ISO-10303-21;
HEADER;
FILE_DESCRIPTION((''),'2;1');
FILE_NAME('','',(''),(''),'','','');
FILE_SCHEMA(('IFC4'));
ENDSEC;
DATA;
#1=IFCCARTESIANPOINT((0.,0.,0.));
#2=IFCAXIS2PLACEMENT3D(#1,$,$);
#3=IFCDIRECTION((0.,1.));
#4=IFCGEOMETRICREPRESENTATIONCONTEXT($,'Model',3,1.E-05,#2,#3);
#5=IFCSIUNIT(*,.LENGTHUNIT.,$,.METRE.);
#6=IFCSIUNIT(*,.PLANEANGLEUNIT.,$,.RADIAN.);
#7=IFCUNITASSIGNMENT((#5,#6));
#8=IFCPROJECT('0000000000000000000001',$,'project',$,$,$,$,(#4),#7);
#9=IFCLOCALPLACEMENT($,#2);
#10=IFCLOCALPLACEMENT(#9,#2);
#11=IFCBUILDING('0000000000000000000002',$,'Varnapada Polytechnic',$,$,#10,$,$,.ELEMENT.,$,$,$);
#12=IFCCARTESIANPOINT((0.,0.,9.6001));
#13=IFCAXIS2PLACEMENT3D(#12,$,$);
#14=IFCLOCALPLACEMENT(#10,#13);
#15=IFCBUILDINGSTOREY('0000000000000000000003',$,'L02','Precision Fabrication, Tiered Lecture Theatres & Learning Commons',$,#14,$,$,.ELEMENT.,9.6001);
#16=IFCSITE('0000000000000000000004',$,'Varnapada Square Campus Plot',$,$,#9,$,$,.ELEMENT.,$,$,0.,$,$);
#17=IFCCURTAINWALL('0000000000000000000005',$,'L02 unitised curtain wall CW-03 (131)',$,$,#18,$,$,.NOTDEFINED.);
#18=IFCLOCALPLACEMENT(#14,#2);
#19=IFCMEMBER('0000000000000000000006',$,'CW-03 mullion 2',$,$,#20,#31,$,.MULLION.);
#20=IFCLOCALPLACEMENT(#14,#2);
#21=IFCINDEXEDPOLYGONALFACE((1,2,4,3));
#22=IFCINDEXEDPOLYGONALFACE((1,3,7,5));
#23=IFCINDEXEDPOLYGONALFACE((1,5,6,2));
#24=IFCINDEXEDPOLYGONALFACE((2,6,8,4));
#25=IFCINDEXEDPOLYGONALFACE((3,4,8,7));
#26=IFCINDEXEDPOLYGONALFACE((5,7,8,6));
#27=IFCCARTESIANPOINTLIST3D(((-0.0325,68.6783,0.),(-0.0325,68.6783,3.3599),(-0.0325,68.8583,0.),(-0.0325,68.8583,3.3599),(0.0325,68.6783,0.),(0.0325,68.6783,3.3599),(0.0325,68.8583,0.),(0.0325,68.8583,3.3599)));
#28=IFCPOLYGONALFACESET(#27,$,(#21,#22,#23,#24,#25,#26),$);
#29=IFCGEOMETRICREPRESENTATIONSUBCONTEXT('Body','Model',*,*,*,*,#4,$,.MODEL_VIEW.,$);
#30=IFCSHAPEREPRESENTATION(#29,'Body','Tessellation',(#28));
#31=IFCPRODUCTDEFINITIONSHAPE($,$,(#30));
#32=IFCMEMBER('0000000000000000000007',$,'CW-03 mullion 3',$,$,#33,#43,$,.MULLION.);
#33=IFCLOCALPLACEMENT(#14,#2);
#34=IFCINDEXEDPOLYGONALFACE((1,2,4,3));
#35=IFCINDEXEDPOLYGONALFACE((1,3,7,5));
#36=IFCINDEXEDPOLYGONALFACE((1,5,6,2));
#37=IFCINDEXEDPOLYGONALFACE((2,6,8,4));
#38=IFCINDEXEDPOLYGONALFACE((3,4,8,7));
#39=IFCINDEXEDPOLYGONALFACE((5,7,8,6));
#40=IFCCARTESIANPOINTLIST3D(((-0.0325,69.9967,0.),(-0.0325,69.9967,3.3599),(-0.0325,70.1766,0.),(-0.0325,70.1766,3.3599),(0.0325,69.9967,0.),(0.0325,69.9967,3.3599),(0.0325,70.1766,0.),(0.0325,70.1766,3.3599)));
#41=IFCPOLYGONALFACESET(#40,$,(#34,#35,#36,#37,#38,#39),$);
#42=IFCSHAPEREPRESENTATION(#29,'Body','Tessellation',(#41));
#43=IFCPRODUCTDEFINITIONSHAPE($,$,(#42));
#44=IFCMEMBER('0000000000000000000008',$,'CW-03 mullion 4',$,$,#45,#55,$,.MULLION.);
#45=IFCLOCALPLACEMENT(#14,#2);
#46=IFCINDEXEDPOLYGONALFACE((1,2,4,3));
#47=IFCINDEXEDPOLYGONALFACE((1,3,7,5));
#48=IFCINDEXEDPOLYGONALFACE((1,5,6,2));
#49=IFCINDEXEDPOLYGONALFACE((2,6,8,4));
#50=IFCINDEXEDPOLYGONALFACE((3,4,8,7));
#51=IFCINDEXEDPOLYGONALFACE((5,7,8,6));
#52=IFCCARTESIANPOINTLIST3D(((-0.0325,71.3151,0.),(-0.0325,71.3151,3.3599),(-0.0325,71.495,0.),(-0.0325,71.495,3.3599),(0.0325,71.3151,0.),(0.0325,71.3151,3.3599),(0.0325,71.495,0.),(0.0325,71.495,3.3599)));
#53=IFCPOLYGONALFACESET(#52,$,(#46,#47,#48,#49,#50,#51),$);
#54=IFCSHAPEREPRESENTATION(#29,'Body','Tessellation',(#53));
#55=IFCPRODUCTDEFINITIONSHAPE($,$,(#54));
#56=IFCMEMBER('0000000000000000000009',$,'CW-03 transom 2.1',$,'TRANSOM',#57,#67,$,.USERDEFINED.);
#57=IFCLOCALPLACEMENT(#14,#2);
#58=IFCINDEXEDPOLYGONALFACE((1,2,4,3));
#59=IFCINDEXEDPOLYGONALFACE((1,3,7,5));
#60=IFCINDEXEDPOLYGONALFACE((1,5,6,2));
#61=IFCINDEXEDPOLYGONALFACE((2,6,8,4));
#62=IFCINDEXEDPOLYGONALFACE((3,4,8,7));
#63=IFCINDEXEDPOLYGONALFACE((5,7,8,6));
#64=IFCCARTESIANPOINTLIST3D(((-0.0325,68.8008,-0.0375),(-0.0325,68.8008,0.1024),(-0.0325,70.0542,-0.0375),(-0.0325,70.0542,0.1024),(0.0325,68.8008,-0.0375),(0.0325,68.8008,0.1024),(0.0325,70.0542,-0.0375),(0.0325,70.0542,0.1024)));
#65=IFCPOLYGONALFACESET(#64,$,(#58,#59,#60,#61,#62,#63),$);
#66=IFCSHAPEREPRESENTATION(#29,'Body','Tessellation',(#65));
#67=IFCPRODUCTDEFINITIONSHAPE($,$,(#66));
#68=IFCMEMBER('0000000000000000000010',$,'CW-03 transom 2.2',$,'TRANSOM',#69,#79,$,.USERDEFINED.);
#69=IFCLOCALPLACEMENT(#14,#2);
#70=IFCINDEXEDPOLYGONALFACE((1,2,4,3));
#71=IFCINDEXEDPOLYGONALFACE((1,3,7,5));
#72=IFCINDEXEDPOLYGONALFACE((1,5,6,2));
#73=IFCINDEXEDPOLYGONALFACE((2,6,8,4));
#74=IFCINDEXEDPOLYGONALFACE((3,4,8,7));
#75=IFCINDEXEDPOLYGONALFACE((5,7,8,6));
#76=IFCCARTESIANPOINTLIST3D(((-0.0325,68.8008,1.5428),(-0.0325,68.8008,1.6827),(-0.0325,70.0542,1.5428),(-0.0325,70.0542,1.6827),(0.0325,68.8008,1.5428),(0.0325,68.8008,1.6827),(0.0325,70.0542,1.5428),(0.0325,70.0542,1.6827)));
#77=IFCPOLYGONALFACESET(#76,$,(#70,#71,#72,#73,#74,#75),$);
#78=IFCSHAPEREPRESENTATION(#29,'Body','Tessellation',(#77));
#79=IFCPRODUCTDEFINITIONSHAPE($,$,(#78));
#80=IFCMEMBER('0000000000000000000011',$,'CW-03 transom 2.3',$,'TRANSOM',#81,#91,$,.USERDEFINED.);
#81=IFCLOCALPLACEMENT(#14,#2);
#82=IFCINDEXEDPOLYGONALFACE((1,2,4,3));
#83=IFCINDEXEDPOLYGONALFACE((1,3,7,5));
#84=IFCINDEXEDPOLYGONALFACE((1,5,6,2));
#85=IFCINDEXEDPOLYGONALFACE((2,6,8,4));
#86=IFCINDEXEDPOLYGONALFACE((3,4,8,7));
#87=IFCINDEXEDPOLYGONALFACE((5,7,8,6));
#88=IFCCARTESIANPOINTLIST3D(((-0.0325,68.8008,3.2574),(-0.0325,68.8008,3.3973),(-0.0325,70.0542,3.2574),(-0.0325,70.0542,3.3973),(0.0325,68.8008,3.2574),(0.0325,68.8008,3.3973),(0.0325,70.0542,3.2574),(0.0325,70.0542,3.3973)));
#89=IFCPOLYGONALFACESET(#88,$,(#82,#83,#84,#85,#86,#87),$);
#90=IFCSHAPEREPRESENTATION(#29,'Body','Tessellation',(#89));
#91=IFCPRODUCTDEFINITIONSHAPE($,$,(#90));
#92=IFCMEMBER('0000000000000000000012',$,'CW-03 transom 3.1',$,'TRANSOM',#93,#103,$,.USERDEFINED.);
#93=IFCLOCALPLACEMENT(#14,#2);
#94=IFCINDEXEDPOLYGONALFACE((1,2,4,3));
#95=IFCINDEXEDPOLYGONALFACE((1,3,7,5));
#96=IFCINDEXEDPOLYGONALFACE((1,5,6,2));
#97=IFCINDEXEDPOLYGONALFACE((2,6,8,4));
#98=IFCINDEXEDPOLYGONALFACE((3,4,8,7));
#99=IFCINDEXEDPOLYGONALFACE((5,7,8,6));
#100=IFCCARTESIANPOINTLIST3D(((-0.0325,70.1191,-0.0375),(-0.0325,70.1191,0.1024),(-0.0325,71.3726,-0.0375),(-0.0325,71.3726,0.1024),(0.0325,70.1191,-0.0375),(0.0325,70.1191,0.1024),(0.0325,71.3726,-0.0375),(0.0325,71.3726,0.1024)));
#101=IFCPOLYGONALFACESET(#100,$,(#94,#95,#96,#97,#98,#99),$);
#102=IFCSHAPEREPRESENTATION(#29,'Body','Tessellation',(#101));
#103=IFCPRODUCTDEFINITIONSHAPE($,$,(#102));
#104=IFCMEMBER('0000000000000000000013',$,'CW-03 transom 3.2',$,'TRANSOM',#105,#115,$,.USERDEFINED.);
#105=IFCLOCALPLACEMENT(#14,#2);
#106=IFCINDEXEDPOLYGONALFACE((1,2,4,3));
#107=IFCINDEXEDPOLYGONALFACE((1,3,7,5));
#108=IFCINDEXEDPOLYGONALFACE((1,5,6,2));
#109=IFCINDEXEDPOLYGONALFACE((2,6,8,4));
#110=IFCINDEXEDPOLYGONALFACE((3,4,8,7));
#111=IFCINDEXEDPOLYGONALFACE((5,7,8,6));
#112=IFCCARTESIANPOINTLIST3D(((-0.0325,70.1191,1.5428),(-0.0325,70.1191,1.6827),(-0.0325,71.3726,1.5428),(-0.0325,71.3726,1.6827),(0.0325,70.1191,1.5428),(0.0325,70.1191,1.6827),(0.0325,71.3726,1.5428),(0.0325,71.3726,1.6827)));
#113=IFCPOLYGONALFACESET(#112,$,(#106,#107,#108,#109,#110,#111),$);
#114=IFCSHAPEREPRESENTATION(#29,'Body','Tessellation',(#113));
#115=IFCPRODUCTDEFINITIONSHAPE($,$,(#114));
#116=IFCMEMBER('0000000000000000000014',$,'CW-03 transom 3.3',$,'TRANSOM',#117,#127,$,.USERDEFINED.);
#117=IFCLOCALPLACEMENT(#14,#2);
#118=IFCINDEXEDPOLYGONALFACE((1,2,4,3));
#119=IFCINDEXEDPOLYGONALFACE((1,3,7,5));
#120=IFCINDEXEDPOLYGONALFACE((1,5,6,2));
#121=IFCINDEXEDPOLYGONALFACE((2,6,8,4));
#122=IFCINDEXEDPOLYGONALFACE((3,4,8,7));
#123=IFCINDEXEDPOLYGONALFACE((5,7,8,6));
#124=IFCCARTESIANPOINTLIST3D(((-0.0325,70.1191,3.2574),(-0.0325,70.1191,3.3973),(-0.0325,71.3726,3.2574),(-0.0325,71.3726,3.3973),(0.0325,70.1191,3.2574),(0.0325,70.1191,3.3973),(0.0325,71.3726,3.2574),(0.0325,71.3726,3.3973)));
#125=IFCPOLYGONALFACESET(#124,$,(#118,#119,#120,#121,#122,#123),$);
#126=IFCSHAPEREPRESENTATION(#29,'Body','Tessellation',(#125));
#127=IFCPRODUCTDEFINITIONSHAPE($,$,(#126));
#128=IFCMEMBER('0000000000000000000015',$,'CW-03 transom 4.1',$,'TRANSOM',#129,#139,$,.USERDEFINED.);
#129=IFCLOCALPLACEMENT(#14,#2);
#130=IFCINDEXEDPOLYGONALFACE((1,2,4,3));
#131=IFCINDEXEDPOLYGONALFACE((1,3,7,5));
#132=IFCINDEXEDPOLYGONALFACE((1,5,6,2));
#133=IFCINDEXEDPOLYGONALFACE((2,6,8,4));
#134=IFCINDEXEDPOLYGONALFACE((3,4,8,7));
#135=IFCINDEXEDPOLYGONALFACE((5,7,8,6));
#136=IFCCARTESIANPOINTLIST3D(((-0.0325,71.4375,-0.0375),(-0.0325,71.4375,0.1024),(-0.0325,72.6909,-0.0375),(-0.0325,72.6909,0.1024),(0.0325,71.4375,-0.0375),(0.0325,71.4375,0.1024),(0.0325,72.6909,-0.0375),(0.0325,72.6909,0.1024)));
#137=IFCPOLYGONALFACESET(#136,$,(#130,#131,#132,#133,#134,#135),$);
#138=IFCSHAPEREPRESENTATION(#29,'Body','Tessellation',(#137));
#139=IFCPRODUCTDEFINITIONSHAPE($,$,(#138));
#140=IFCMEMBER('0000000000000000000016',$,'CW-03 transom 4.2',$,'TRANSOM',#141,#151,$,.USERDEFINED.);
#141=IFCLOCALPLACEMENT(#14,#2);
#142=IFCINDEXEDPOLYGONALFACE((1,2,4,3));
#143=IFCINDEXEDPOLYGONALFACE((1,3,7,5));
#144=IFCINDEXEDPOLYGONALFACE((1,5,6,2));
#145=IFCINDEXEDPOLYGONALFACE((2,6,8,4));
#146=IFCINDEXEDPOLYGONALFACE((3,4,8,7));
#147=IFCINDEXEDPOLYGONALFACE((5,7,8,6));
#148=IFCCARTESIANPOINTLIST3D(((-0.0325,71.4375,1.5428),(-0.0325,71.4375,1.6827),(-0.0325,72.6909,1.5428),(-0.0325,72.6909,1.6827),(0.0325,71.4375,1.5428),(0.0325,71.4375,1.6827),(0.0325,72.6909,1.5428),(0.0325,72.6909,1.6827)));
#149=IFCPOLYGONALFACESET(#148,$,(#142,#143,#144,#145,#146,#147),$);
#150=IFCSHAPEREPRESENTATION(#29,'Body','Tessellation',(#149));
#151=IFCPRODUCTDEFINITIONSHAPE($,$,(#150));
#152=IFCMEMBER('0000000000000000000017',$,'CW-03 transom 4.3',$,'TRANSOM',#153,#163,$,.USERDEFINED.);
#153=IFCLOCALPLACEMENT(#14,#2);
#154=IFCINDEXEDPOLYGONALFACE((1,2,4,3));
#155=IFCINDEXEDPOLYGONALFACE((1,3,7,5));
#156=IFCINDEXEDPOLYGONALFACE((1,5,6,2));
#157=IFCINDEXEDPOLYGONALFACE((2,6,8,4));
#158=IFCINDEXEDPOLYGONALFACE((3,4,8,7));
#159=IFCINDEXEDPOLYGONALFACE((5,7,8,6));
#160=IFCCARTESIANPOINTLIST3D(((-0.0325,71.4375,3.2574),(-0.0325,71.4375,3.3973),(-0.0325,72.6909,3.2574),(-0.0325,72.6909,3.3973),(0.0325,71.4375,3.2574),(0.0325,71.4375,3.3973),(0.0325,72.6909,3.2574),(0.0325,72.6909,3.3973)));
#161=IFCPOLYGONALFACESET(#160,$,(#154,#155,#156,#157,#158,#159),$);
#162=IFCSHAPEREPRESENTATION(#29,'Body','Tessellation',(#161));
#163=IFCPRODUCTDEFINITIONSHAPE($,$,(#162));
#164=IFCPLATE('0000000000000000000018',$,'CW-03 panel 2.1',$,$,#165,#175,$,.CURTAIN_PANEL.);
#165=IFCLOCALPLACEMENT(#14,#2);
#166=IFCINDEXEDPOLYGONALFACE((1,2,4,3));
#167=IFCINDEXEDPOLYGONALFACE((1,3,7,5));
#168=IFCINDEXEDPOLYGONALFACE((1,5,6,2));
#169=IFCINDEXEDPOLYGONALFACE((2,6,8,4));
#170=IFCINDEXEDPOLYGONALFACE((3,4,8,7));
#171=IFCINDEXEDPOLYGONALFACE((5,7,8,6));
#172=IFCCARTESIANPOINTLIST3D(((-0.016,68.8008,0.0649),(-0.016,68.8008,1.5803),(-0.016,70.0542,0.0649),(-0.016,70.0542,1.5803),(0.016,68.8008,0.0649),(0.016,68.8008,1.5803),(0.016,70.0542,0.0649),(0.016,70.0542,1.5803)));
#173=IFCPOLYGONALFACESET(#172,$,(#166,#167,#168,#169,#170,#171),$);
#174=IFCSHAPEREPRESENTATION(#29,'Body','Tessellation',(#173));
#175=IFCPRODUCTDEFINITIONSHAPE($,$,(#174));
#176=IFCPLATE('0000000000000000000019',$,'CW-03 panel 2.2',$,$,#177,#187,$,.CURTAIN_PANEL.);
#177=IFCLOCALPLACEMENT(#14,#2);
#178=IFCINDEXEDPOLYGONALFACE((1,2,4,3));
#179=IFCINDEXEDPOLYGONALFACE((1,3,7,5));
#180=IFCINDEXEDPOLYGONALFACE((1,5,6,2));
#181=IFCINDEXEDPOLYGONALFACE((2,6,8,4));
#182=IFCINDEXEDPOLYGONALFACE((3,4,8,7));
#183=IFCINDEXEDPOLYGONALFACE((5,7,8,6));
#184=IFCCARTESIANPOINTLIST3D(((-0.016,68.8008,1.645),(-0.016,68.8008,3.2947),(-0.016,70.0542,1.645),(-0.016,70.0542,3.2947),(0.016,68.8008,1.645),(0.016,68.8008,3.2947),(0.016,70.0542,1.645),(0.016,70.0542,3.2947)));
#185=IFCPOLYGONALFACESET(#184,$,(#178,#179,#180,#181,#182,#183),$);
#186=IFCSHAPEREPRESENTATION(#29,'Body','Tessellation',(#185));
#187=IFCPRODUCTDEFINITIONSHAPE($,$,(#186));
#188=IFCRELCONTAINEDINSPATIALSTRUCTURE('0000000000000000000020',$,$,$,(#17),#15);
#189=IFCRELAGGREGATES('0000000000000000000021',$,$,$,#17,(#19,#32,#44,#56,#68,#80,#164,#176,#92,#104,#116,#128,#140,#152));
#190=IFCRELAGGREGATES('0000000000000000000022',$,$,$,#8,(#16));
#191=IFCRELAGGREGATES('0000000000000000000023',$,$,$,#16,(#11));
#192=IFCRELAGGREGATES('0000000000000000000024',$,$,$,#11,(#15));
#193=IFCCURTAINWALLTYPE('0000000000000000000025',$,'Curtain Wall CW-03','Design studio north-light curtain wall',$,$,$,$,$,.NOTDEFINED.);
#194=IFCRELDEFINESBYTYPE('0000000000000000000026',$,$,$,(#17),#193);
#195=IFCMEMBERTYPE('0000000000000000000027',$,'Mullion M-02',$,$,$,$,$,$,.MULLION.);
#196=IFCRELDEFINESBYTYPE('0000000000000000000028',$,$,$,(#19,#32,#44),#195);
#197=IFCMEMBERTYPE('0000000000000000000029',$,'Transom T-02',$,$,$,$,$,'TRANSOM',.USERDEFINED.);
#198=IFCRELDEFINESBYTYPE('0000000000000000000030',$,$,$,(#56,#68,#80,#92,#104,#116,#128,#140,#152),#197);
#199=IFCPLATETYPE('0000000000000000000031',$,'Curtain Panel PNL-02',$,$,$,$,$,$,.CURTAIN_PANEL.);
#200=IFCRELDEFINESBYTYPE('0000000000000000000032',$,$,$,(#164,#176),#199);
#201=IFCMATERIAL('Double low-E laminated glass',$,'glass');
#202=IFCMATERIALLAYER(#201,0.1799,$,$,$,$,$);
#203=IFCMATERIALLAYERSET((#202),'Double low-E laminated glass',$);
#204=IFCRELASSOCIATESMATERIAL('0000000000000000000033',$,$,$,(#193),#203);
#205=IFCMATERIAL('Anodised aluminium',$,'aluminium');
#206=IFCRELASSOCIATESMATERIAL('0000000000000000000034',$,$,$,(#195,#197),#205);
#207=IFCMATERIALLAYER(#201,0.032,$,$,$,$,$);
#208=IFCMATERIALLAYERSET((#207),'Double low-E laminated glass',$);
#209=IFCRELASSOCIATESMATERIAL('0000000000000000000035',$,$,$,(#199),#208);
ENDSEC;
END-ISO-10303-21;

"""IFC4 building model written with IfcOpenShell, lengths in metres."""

from ifc_helpers import new_model, si_unit, direction, frame, origin, origin_2d, place, context, subcontext, project, spatial, rectangle, extrude, material, layer, layer_set, material_profile, profile_set, type_object, element, aggregate, save


model = new_model("IFC4")

# Units and contexts
model_context = context("Model", 3, precision=1e-05, world=origin(), true_north=direction((0.0, 1.0)))
body_context = subcontext(model_context, "Body", "Model", "MODEL_VIEW")
ifc_project = project(units=[si_unit("LENGTHUNIT", "METRE"), si_unit("PLANEANGLEUNIT", "RADIAN")], contexts=[model_context])

# Site, building, storey
site_placement = place(None, origin())
site = spatial("IfcSite", under=ifc_project, at=site_placement, Name="Varnapada Square Campus Plot", CompositionType="ELEMENT", RefElevation=0.0)
building_placement = place(site_placement, origin())
building = spatial("IfcBuilding", under=site, at=building_placement, Name="Varnapada Polytechnic", CompositionType="ELEMENT")
storey_placement = place(building_placement, frame((0.0, 0.0, 9.6001)))
storey = spatial("IfcBuildingStorey", under=building, at=storey_placement, Name="L02", Description="Precision Fabrication, Tiered Lecture Theatres & Learning Commons", CompositionType="ELEMENT", Elevation=9.6001)

# Curtain wall, members, plates
ifc_material_1 = material(Name="Double low-E laminated glass", Category="glass")
ifc_layer_1 = layer(ifc_material_1, 0.1799)
ifc_layer_set_1 = layer_set([ifc_layer_1], Name="Double low-E laminated glass")
curtain_wall_type = type_object("IfcCurtainWallType", Name="Curtain Wall CW-03", Description="Design studio north-light curtain wall", PredefinedType="NOTDEFINED", material=ifc_layer_set_1)
curtain_wall_placement = place(storey_placement, origin())
curtain_wall = element("IfcCurtainWall", 1, at=curtain_wall_placement, inside=storey, type_object=curtain_wall_type, Name="L02 unitised curtain wall CW-03 (131)", PredefinedType="NOTDEFINED")
ifc_material_2 = material(Name="Anodised aluminium", Category="aluminium")
ifc_material_profile_1 = material_profile(ifc_material_2, rectangle(XDim=0.0649, YDim=0.1799, at=origin_2d()), Name="ALU M65x180")
ifc_profile_set_1 = profile_set([ifc_material_profile_1], Name="Anodised aluminium")
member_type_1 = type_object("IfcMemberType", Name="Mullion M-02", PredefinedType="MULLION", material=ifc_profile_set_1)
member_1_placement = place(storey_placement, frame((0.0, 68.7683, 0.0), z_axis=(0.0, 0.0, 1.0), x_axis=(-1.0, 0.0, 0.0)))
member_1 = element("IfcMember", 2, at=member_1_placement, type_object=member_type_1, Name="CW-03 mullion 2", PredefinedType="MULLION", context=body_context, shape_type="SweptSolid", body=[
    extrude(rectangle(XDim=0.0649, YDim=0.1799, at=origin_2d()), origin(), (0.0, 0.0, 1.0), 3.3599),
])
member_2_placement = place(storey_placement, frame((0.0, 70.0867, 0.0), z_axis=(0.0, 0.0, 1.0), x_axis=(-1.0, 0.0, 0.0)))
member_2 = element("IfcMember", 3, at=member_2_placement, type_object=member_type_1, Name="CW-03 mullion 3", PredefinedType="MULLION", context=body_context, shape_type="SweptSolid", body=[
    extrude(rectangle(XDim=0.0649, YDim=0.1799, at=origin_2d()), origin(), (0.0, 0.0, 1.0), 3.3599),
])
member_3_placement = place(storey_placement, frame((0.0, 71.405, 0.0), z_axis=(0.0, 0.0, 1.0), x_axis=(-1.0, 0.0, 0.0)))
member_3 = element("IfcMember", 4, at=member_3_placement, type_object=member_type_1, Name="CW-03 mullion 4", PredefinedType="MULLION", context=body_context, shape_type="SweptSolid", body=[
    extrude(rectangle(XDim=0.0649, YDim=0.1799, at=origin_2d()), origin(), (0.0, 0.0, 1.0), 3.3599),
])
ifc_material_profile_2 = material_profile(ifc_material_2, rectangle(XDim=0.0649, YDim=0.1399, at=origin_2d()), Name="ALU T65x140")
ifc_profile_set_2 = profile_set([ifc_material_profile_2], Name="Anodised aluminium")
member_type_2 = type_object("IfcMemberType", Name="Transom T-02", ElementType="TRANSOM", PredefinedType="USERDEFINED", material=ifc_profile_set_2)
member_4_placement = place(storey_placement, frame((0.0, 68.8008, 0.0325), z_axis=(0.0, 1.0, 0.0), x_axis=(-1.0, 0.0, 0.0)))
member_4 = element("IfcMember", 5, at=member_4_placement, type_object=member_type_2, Name="CW-03 transom 2.1", ObjectType="TRANSOM", PredefinedType="USERDEFINED", context=body_context, shape_type="SweptSolid", body=[
    extrude(rectangle(XDim=0.0649, YDim=0.1399, at=origin_2d()), origin(), (0.0, 0.0, 1.0), 1.2534),
])
member_5_placement = place(storey_placement, frame((0.0, 68.8008, 1.6128), z_axis=(0.0, 1.0, 0.0), x_axis=(-1.0, 0.0, 0.0)))
member_5 = element("IfcMember", 6, at=member_5_placement, type_object=member_type_2, Name="CW-03 transom 2.2", ObjectType="TRANSOM", PredefinedType="USERDEFINED", context=body_context, shape_type="SweptSolid", body=[
    extrude(rectangle(XDim=0.0649, YDim=0.1399, at=origin_2d()), origin(), (0.0, 0.0, 1.0), 1.2534),
])
member_6_placement = place(storey_placement, frame((0.0, 68.8008, 3.3274), z_axis=(0.0, 1.0, 0.0), x_axis=(-1.0, 0.0, 0.0)))
member_6 = element("IfcMember", 7, at=member_6_placement, type_object=member_type_2, Name="CW-03 transom 2.3", ObjectType="TRANSOM", PredefinedType="USERDEFINED", context=body_context, shape_type="SweptSolid", body=[
    extrude(rectangle(XDim=0.0649, YDim=0.1399, at=origin_2d()), origin(), (0.0, 0.0, 1.0), 1.2534),
])
member_7_placement = place(storey_placement, frame((0.0, 70.1191, 0.0325), z_axis=(0.0, 1.0, 0.0), x_axis=(-1.0, 0.0, 0.0)))
member_7 = element("IfcMember", 8, at=member_7_placement, type_object=member_type_2, Name="CW-03 transom 3.1", ObjectType="TRANSOM", PredefinedType="USERDEFINED", context=body_context, shape_type="SweptSolid", body=[
    extrude(rectangle(XDim=0.0649, YDim=0.1399, at=origin_2d()), origin(), (0.0, 0.0, 1.0), 1.2534),
])
member_8_placement = place(storey_placement, frame((0.0, 70.1191, 1.6128), z_axis=(0.0, 1.0, 0.0), x_axis=(-1.0, 0.0, 0.0)))
member_8 = element("IfcMember", 9, at=member_8_placement, type_object=member_type_2, Name="CW-03 transom 3.2", ObjectType="TRANSOM", PredefinedType="USERDEFINED", context=body_context, shape_type="SweptSolid", body=[
    extrude(rectangle(XDim=0.0649, YDim=0.1399, at=origin_2d()), origin(), (0.0, 0.0, 1.0), 1.2534),
])
member_9_placement = place(storey_placement, frame((0.0, 70.1191, 3.3274), z_axis=(0.0, 1.0, 0.0), x_axis=(-1.0, 0.0, 0.0)))
member_9 = element("IfcMember", 10, at=member_9_placement, type_object=member_type_2, Name="CW-03 transom 3.3", ObjectType="TRANSOM", PredefinedType="USERDEFINED", context=body_context, shape_type="SweptSolid", body=[
    extrude(rectangle(XDim=0.0649, YDim=0.1399, at=origin_2d()), origin(), (0.0, 0.0, 1.0), 1.2534),
])
member_10_placement = place(storey_placement, frame((0.0, 71.4375, 0.0325), z_axis=(0.0, 1.0, 0.0), x_axis=(-1.0, 0.0, 0.0)))
member_10 = element("IfcMember", 11, at=member_10_placement, type_object=member_type_2, Name="CW-03 transom 4.1", ObjectType="TRANSOM", PredefinedType="USERDEFINED", context=body_context, shape_type="SweptSolid", body=[
    extrude(rectangle(XDim=0.0649, YDim=0.1399, at=origin_2d()), origin(), (0.0, 0.0, 1.0), 1.2534),
])
member_11_placement = place(storey_placement, frame((0.0, 71.4375, 1.6128), z_axis=(0.0, 1.0, 0.0), x_axis=(-1.0, 0.0, 0.0)))
member_11 = element("IfcMember", 12, at=member_11_placement, type_object=member_type_2, Name="CW-03 transom 4.2", ObjectType="TRANSOM", PredefinedType="USERDEFINED", context=body_context, shape_type="SweptSolid", body=[
    extrude(rectangle(XDim=0.0649, YDim=0.1399, at=origin_2d()), origin(), (0.0, 0.0, 1.0), 1.2534),
])
member_12_placement = place(storey_placement, frame((0.0, 71.4375, 3.3274), z_axis=(0.0, 1.0, 0.0), x_axis=(-1.0, 0.0, 0.0)))
member_12 = element("IfcMember", 13, at=member_12_placement, type_object=member_type_2, Name="CW-03 transom 4.3", ObjectType="TRANSOM", PredefinedType="USERDEFINED", context=body_context, shape_type="SweptSolid", body=[
    extrude(rectangle(XDim=0.0649, YDim=0.1399, at=origin_2d()), origin(), (0.0, 0.0, 1.0), 1.2534),
])
ifc_layer_2 = layer(ifc_material_1, 0.032)
ifc_layer_set_2 = layer_set([ifc_layer_2], Name="Double low-E laminated glass")
plate_type = type_object("IfcPlateType", Name="Curtain Panel PNL-02", PredefinedType="CURTAIN_PANEL", material=ifc_layer_set_2)
plate_1_placement = place(storey_placement, frame((0.0, 69.4275, 0.0649), z_axis=(0.0, 0.0, 1.0), x_axis=(0.0, 1.0, 0.0)))
plate_1 = element("IfcPlate", 14, at=plate_1_placement, type_object=plate_type, Name="CW-03 panel 2.1", PredefinedType="CURTAIN_PANEL", context=body_context, shape_type="SweptSolid", body=[
    extrude(rectangle(XDim=1.2534, YDim=0.032, at=origin_2d()), origin(), (0.0, 0.0, 1.0), 1.5154),
])
plate_2_placement = place(storey_placement, frame((0.0, 69.4275, 1.645), z_axis=(0.0, 0.0, 1.0), x_axis=(0.0, 1.0, 0.0)))
plate_2 = element("IfcPlate", 15, at=plate_2_placement, type_object=plate_type, Name="CW-03 panel 2.2", PredefinedType="CURTAIN_PANEL", context=body_context, shape_type="SweptSolid", body=[
    extrude(rectangle(XDim=1.2534, YDim=0.032, at=origin_2d()), origin(), (0.0, 0.0, 1.0), 1.6497),
])
aggregate(curtain_wall, [member_1, member_2, member_3, member_4, member_5, member_6, plate_1, plate_2, member_7, member_8, member_9, member_10, member_11, member_12])

save(model, "model.ifc")
